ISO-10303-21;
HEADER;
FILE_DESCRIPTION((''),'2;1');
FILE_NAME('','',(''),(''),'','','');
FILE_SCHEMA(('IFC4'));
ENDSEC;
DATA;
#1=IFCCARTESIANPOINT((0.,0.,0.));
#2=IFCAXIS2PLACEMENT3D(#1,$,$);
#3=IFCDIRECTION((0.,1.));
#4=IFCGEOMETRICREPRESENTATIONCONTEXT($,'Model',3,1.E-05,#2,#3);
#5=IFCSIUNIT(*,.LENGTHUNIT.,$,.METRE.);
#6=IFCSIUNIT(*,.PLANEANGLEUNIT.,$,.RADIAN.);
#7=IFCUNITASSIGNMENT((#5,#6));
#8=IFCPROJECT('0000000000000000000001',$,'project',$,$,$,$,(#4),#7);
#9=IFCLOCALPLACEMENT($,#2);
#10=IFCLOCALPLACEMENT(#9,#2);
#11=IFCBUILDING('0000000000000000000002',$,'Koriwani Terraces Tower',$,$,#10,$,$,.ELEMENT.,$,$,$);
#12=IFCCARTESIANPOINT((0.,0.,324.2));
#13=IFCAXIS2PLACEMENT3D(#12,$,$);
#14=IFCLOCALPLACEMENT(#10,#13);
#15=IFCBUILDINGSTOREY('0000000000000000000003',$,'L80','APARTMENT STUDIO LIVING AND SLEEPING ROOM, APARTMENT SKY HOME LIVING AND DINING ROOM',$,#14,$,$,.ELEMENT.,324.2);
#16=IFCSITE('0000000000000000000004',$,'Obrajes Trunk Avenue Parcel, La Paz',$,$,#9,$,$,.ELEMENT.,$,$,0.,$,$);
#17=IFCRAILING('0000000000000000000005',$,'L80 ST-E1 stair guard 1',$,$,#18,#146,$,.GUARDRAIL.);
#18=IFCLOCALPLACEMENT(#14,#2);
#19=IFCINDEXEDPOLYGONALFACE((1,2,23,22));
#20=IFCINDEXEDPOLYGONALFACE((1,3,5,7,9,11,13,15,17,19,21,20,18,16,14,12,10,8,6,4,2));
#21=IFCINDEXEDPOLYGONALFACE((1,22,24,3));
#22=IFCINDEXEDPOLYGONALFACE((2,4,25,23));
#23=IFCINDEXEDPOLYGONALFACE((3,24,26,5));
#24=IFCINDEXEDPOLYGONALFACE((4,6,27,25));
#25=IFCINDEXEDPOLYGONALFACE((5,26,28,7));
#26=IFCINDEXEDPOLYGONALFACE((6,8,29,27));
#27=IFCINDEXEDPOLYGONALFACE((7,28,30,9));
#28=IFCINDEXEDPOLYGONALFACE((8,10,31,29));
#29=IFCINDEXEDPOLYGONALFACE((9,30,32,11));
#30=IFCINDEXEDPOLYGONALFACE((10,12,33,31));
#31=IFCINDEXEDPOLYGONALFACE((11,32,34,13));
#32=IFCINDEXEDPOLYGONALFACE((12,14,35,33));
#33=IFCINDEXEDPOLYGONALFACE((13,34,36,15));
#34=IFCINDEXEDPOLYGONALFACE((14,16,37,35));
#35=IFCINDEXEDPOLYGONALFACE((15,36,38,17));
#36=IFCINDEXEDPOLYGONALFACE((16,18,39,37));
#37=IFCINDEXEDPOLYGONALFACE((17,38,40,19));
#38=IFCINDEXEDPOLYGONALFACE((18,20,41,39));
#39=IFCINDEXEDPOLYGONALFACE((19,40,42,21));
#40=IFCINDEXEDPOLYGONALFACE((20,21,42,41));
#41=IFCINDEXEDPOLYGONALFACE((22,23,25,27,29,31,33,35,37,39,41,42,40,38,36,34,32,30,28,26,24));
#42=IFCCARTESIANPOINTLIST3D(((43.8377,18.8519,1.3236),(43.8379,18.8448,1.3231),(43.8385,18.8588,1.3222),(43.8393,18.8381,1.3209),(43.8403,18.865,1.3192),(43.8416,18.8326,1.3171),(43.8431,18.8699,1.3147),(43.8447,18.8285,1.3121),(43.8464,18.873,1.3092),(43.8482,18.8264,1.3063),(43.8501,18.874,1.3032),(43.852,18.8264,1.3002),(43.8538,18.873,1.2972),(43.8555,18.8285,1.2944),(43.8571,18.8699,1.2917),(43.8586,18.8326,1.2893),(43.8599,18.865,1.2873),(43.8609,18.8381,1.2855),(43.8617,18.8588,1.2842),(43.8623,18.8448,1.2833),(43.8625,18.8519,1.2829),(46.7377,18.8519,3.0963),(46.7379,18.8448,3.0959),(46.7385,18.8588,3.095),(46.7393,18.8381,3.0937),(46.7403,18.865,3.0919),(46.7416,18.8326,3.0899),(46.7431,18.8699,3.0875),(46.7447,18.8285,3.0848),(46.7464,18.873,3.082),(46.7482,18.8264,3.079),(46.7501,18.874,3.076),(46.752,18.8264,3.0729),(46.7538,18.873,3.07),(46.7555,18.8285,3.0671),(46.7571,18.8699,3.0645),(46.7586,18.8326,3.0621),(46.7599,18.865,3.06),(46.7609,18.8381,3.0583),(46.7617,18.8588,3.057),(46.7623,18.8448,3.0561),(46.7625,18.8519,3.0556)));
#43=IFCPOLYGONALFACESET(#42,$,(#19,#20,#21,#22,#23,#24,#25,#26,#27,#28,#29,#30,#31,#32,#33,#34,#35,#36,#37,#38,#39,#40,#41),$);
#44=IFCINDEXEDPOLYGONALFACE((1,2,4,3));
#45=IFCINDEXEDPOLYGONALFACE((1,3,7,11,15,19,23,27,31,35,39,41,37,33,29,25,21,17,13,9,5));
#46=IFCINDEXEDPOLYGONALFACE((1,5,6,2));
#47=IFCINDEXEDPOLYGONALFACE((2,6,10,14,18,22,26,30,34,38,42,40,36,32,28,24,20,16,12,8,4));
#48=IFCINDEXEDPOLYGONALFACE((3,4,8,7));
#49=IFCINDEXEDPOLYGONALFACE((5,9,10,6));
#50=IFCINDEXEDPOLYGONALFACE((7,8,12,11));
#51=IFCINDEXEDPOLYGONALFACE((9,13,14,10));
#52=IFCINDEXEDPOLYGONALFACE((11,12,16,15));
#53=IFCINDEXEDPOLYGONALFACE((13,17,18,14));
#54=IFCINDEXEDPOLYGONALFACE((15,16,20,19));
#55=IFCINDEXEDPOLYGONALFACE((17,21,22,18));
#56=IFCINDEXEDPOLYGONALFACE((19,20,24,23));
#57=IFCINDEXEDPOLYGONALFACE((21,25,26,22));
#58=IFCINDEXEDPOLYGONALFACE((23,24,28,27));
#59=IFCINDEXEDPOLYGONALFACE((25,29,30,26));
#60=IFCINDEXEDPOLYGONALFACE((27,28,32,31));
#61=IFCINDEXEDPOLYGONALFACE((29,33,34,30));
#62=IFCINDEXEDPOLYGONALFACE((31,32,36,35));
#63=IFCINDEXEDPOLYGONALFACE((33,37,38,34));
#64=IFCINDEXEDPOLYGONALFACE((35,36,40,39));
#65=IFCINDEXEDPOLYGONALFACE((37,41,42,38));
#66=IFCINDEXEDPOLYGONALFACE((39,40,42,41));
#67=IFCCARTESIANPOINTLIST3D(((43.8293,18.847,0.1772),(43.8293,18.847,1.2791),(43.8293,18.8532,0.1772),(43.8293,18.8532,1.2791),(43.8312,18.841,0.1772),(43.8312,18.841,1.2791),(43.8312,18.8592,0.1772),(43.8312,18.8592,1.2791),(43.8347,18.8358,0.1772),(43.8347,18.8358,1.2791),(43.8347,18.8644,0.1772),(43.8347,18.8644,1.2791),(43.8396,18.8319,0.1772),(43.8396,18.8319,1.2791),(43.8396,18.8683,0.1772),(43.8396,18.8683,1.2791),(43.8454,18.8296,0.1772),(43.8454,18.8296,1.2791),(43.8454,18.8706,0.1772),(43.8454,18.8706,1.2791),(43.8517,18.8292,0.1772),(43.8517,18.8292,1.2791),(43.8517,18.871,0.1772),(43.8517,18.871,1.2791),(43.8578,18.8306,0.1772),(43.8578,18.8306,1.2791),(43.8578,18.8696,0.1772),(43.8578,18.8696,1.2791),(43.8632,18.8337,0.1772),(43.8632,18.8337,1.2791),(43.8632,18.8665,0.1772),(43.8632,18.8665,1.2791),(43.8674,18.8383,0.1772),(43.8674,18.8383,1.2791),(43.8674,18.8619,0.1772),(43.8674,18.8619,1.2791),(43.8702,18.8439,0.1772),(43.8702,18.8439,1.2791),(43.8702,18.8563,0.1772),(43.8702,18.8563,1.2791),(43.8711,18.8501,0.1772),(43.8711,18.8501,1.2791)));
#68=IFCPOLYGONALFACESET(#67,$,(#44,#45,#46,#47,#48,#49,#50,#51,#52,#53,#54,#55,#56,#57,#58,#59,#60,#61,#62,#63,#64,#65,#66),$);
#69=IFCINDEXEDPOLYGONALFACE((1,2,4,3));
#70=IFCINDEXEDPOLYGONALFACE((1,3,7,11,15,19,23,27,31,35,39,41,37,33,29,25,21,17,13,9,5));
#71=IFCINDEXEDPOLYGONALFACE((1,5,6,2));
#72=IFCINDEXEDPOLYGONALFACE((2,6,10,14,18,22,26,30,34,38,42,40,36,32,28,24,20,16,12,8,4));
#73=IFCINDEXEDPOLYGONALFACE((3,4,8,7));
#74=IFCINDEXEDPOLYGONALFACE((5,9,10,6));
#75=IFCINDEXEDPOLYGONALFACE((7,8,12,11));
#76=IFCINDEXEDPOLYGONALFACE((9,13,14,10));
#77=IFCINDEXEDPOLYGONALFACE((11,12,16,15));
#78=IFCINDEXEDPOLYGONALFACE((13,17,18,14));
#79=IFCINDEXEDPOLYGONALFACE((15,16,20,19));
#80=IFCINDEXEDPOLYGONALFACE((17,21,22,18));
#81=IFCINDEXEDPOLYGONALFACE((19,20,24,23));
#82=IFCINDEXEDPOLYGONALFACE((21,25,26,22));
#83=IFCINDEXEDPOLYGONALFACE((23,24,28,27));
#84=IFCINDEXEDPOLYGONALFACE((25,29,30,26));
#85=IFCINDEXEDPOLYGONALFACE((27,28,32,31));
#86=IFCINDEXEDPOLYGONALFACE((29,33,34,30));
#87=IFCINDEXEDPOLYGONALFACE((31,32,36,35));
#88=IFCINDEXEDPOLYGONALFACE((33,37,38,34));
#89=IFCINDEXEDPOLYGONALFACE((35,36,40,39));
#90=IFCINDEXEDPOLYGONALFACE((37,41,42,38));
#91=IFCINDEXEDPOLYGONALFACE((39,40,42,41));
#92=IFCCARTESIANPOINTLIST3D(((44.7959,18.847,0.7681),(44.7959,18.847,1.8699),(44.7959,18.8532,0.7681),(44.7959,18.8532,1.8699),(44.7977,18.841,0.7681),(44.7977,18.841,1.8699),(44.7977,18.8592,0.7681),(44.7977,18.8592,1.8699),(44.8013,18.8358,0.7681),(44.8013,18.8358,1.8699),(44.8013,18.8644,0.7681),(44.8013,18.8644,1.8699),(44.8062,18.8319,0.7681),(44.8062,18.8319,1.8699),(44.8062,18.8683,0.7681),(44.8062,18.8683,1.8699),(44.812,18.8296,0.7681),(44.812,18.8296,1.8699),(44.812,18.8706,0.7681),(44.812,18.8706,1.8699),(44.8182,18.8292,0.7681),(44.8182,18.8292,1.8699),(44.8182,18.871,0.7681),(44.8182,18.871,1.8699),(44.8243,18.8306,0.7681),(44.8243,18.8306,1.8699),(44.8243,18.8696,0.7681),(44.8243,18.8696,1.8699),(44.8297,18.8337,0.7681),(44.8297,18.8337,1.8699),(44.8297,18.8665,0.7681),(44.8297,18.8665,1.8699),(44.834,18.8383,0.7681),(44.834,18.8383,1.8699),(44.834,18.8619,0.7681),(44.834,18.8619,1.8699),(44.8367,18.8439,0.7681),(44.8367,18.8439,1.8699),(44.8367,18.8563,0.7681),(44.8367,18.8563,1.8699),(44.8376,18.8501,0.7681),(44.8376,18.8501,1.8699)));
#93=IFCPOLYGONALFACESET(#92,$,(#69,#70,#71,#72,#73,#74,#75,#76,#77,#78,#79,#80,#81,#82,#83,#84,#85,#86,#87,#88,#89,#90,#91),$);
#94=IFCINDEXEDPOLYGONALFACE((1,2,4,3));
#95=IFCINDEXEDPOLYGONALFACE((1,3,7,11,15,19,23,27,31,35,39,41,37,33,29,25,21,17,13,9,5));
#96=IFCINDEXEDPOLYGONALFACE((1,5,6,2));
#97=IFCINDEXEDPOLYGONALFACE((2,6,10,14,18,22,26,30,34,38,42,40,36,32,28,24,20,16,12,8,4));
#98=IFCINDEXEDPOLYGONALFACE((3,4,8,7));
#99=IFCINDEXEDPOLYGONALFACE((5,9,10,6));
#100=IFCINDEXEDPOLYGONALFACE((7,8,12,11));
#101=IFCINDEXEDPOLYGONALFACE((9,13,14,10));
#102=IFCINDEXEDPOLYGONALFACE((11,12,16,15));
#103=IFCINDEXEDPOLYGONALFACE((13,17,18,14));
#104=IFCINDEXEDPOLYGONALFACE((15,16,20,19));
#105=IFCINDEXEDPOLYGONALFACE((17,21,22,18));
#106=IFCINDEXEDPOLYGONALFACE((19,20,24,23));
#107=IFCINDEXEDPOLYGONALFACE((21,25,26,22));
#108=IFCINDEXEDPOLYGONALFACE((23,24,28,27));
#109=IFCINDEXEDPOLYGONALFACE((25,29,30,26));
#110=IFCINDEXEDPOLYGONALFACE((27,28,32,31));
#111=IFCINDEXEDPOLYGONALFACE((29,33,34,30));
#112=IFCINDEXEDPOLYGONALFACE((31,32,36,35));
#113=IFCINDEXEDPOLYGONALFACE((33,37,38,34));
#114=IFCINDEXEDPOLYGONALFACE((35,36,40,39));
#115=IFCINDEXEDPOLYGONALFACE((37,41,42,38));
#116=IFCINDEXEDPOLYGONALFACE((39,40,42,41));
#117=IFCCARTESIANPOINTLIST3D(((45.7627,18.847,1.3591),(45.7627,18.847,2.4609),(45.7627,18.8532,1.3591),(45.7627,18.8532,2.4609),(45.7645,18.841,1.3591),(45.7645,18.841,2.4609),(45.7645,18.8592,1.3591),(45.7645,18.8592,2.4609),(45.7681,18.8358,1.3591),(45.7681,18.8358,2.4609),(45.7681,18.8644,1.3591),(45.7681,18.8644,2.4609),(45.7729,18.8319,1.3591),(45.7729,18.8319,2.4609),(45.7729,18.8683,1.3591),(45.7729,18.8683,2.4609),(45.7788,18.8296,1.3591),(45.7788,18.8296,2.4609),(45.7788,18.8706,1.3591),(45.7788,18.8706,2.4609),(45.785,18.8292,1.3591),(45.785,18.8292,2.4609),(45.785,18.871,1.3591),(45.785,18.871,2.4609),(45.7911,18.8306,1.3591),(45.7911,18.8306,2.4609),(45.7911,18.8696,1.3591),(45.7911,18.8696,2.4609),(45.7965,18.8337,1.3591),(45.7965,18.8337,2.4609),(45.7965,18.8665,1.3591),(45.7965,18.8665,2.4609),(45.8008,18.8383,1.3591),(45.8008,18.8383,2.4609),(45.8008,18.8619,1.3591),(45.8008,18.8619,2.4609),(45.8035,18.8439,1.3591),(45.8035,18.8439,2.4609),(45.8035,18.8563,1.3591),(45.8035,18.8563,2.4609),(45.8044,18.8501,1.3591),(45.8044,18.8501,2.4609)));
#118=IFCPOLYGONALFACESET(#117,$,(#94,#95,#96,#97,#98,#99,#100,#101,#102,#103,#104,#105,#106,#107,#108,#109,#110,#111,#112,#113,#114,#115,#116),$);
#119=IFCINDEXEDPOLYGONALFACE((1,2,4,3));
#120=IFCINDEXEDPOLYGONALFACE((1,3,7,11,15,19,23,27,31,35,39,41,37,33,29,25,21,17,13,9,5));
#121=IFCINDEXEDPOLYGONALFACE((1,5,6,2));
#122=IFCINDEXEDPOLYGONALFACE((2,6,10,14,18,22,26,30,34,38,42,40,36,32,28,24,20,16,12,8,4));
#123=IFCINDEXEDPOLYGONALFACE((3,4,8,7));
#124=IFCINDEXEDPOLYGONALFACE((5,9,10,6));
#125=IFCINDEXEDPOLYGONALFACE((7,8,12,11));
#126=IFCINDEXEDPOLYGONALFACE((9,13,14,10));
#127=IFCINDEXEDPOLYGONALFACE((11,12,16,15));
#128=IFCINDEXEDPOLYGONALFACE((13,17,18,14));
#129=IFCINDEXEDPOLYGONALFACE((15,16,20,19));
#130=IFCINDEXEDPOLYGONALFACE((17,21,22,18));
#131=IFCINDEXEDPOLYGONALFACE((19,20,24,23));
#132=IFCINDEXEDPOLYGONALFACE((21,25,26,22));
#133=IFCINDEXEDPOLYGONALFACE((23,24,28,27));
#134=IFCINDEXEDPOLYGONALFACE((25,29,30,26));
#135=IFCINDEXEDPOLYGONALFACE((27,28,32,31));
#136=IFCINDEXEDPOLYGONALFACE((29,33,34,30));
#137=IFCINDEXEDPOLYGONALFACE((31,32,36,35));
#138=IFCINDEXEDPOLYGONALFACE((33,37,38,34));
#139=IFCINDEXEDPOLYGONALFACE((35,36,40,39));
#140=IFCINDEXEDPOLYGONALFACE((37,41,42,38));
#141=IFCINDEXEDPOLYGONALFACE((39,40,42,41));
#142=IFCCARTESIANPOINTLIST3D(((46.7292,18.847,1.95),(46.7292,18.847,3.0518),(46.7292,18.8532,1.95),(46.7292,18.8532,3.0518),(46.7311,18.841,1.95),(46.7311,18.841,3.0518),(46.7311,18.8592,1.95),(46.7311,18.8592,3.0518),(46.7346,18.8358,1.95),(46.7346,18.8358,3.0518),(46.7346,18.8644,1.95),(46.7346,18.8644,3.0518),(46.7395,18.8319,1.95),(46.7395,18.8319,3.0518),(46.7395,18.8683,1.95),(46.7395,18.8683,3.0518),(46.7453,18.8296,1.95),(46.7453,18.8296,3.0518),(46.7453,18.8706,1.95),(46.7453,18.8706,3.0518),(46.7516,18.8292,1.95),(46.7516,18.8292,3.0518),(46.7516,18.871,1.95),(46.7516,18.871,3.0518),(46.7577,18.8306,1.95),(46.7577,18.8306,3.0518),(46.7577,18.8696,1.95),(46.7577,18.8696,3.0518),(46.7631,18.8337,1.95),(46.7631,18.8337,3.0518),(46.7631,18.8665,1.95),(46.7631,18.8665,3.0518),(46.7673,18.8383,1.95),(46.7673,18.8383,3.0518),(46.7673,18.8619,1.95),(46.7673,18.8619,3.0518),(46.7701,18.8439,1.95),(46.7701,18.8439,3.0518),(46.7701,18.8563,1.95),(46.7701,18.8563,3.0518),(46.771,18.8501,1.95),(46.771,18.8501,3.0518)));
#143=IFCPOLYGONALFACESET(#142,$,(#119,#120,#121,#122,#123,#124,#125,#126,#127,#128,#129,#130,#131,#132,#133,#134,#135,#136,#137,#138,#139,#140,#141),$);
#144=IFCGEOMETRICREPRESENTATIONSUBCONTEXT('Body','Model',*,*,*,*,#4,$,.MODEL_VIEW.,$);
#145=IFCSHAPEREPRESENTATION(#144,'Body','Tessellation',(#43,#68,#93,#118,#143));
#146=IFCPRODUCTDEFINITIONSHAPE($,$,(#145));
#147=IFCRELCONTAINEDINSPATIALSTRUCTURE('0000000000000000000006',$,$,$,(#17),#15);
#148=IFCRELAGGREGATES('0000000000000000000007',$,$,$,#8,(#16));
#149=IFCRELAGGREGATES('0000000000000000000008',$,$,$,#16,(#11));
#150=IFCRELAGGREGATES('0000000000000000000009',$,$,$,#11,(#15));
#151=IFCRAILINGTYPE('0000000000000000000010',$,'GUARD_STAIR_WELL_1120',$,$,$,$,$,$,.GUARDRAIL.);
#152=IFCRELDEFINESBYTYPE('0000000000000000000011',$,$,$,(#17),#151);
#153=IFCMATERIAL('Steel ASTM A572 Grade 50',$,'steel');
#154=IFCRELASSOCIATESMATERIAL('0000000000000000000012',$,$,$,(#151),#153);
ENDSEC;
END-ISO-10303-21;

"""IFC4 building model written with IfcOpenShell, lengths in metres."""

from ifc_helpers import new_model, si_unit, direction, frame, origin, origin_2d, place, context, subcontext, project, spatial, circle, extrude, material, type_object, element, save


model = new_model("IFC4")

# Units and contexts
model_context = context("Model", 3, precision=1e-05, world=origin(), true_north=direction((0.0, 1.0)))
body_context = subcontext(model_context, "Body", "Model", "MODEL_VIEW")
ifc_project = project(units=[si_unit("LENGTHUNIT", "METRE"), si_unit("PLANEANGLEUNIT", "RADIAN")], contexts=[model_context])

# Site, building, storey
site_placement = place(None, origin())
site = spatial("IfcSite", under=ifc_project, at=site_placement, Name="Obrajes Trunk Avenue Parcel, La Paz", CompositionType="ELEMENT", RefElevation=0.0)
building_placement = place(site_placement, origin())
building = spatial("IfcBuilding", under=site, at=building_placement, Name="Koriwani Terraces Tower", CompositionType="ELEMENT")
storey_placement = place(building_placement, frame((0.0, 0.0, 324.2)))
storey = spatial("IfcBuildingStorey", under=building, at=storey_placement, Name="L80", Description="APARTMENT STUDIO LIVING AND SLEEPING ROOM, APARTMENT SKY HOME LIVING AND DINING ROOM", CompositionType="ELEMENT", Elevation=324.2)

# Shared definitions
ifc_material_1 = material(Name="Steel ASTM A572 Grade 50", Category="steel")

# Railing
railing_type_1 = type_object("IfcRailingType", Name="GUARD_STAIR_WELL_1120", PredefinedType="GUARDRAIL", material=ifc_material_1)
railing_1_placement = place(storey_placement, frame((43.8501, 18.8501, 0.1772)))
element("IfcRailing", 1, at=railing_1_placement, inside=storey, type_object=railing_type_1, Name="L80 ST-E1 stair guard 1", PredefinedType="GUARDRAIL", context=body_context, shape_type="SweptSolid", body=[
    extrude(circle(Radius=0.0239, at=origin_2d()), frame((0.0, 0.0, 1.126), z_axis=(0.853211, 0.0, 0.521566), x_axis=(0.0, 1.0, 0.0)), (0.0, 0.0, 1.0), 3.3989),
    extrude(circle(Radius=0.021, at=origin_2d()), origin(), (0.0, 0.0, 1.0), 1.1018),
    extrude(circle(Radius=0.021, at=origin_2d()), frame((0.9666, 0.0, 0.5908)), (0.0, 0.0, 1.0), 1.1018),
    extrude(circle(Radius=0.021, at=origin_2d()), frame((1.9333, 0.0, 1.1819)), (0.0, 0.0, 1.0), 1.1018),
    extrude(circle(Radius=0.021, at=origin_2d()), frame((2.8999, 0.0, 1.7727)), (0.0, 0.0, 1.0), 1.1018),
])

save(model, "model.ifc")
